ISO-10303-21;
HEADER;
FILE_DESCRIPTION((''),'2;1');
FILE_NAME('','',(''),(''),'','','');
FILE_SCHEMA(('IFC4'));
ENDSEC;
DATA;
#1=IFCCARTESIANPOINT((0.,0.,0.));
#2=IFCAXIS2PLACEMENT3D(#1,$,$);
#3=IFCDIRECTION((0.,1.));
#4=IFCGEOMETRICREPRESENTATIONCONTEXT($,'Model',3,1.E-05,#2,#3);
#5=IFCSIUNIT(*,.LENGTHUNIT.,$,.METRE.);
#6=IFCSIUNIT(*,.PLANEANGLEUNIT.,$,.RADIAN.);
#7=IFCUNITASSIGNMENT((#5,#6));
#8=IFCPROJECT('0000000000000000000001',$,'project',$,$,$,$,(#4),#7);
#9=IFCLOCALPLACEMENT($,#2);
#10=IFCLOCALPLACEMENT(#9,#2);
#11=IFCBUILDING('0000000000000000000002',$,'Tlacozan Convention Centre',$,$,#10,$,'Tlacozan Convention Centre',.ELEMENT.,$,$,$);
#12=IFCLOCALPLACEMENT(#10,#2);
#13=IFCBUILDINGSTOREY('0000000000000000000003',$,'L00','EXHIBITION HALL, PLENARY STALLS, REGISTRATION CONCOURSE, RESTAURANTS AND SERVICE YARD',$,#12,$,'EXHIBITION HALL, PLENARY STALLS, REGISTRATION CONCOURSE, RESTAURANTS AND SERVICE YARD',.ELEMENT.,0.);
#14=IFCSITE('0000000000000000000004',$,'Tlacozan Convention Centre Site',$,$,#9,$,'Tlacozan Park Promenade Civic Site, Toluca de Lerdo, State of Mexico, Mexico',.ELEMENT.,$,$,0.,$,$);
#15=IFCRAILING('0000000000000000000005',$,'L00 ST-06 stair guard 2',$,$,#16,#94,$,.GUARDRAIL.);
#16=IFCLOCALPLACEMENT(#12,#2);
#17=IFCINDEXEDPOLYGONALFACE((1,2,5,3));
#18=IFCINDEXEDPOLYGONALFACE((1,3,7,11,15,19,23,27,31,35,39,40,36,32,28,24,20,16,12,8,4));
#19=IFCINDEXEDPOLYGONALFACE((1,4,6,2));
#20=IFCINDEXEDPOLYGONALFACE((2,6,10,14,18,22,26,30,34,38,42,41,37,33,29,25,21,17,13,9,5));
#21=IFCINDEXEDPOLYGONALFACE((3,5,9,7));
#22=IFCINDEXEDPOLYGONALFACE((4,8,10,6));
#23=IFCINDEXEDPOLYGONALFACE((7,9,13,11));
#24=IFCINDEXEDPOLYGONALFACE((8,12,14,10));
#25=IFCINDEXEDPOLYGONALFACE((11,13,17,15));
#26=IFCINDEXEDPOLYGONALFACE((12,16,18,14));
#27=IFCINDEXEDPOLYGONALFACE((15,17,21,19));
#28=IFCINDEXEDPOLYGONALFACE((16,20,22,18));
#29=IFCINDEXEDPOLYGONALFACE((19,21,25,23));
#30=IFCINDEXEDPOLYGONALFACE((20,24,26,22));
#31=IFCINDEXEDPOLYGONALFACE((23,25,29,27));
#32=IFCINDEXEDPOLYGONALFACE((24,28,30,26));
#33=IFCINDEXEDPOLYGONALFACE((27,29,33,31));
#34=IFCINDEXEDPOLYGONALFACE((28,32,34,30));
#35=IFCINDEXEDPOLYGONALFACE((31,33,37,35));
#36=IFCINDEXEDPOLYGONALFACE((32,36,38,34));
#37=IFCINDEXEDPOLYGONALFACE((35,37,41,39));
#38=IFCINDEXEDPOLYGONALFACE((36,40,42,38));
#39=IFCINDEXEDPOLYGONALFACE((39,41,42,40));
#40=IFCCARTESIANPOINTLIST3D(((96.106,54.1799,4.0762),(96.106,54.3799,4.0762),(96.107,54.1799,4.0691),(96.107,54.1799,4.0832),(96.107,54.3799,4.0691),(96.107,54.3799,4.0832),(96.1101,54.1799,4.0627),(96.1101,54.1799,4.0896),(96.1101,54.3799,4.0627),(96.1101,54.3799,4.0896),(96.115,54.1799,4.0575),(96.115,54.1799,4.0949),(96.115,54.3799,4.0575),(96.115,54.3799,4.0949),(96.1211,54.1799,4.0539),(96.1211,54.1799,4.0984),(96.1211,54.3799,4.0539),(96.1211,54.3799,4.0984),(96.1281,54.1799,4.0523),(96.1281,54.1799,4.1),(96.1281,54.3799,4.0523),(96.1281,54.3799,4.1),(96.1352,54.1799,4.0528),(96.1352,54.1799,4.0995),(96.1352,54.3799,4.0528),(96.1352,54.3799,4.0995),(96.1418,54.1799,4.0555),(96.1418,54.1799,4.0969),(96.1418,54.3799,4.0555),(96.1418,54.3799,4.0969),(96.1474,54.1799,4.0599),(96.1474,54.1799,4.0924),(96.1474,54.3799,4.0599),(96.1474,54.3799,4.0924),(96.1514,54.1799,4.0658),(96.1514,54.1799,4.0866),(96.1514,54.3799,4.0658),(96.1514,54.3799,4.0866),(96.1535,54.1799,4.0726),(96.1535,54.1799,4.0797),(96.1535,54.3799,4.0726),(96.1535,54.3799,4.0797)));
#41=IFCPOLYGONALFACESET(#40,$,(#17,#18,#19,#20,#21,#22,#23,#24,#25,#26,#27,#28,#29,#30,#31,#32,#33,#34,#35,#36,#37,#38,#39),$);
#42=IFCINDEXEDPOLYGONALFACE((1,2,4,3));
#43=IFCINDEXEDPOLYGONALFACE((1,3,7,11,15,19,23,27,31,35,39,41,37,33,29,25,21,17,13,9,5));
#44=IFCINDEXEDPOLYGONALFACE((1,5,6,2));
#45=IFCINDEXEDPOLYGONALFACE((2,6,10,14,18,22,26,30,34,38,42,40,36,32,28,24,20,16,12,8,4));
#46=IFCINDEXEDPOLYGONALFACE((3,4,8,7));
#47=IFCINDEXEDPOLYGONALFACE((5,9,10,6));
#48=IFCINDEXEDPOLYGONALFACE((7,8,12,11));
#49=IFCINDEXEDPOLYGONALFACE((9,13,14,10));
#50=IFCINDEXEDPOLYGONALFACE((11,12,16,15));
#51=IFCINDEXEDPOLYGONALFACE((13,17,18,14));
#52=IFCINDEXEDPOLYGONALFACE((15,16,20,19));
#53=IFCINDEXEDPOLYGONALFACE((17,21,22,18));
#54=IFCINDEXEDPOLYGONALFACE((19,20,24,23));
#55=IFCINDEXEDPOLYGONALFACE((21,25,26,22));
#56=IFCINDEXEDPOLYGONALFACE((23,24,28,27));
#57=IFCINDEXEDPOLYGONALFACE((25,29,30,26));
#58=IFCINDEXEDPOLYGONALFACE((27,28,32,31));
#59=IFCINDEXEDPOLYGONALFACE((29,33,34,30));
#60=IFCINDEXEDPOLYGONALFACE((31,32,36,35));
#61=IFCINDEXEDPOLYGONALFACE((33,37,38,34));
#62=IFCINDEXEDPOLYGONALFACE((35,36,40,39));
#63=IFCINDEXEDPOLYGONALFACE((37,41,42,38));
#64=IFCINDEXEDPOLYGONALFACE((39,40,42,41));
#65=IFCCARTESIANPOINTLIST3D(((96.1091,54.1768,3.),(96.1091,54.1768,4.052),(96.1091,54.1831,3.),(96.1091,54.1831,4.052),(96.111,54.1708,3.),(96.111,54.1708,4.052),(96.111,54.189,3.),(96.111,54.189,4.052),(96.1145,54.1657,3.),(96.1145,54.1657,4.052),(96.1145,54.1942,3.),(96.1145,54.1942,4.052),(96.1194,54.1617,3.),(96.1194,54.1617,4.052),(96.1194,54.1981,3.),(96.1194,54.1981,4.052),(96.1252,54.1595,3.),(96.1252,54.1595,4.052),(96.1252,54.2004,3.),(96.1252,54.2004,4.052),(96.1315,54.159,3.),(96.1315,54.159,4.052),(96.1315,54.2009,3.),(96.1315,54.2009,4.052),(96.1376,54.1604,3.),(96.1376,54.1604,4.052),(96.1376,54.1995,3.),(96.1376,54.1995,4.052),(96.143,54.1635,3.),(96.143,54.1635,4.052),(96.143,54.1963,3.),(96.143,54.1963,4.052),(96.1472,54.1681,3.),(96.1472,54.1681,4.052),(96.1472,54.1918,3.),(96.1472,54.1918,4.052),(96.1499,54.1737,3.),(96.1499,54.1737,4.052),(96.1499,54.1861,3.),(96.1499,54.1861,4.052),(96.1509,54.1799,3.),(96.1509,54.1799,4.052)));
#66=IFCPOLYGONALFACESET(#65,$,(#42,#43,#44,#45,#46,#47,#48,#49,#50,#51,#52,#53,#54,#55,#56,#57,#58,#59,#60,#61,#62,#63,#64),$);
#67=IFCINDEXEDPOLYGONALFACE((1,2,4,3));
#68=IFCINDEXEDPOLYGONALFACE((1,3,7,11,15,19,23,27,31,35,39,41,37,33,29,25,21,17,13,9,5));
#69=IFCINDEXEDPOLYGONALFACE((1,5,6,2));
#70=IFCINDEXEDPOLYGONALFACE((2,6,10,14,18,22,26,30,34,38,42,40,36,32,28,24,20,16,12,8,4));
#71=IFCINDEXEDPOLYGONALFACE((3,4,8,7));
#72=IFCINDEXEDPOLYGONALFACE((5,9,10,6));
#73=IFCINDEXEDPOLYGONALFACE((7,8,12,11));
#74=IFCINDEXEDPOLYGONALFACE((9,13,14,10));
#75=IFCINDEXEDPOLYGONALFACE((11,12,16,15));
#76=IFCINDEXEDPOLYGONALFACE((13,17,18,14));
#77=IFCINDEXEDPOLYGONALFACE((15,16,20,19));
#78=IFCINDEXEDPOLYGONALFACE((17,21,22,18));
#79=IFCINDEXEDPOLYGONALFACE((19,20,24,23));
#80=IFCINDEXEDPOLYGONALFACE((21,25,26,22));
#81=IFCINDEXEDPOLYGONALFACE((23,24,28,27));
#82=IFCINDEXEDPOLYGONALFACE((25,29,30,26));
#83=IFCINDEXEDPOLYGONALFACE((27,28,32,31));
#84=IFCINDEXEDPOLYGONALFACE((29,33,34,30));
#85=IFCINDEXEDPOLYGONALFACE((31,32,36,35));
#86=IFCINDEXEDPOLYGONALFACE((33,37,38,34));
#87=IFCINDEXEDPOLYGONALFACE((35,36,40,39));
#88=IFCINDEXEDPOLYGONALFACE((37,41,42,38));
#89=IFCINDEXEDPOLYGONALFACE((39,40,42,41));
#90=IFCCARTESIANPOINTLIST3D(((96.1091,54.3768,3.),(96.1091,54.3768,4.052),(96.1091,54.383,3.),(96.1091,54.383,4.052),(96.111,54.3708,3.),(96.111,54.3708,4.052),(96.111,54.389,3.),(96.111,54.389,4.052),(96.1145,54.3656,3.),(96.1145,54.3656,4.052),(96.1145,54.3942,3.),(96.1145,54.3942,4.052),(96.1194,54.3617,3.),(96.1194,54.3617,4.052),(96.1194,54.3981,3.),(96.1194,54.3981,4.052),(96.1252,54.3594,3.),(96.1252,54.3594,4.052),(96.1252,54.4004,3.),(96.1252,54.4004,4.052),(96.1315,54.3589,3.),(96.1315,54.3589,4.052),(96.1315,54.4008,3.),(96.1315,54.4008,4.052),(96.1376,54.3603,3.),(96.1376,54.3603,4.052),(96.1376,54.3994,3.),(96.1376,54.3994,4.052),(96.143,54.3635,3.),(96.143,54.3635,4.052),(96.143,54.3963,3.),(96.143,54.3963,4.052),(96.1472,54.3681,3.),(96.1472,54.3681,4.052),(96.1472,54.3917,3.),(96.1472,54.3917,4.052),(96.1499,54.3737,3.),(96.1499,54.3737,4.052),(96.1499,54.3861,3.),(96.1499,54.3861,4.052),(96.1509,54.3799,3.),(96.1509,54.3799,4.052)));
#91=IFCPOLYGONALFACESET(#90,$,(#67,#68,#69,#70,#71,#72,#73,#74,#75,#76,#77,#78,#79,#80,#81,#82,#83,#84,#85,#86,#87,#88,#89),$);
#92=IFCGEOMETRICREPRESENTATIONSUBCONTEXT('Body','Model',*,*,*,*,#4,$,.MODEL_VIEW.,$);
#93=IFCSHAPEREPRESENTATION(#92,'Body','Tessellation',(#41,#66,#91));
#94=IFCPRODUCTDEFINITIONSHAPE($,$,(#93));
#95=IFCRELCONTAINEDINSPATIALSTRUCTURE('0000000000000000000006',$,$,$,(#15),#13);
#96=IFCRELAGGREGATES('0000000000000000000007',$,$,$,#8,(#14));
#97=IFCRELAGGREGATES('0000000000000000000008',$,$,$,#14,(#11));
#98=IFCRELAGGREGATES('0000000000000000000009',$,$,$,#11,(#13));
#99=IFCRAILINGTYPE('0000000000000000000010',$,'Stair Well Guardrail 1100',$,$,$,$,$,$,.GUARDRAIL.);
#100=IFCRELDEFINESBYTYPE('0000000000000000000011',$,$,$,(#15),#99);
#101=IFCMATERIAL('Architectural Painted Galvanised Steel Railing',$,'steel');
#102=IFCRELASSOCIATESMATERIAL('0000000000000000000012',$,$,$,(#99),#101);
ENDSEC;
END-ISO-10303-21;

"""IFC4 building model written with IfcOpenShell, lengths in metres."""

from ifc_helpers import new_model, si_unit, direction, frame, origin, origin_2d, place, context, subcontext, project, spatial, circle, extrude, material, type_object, element, save


model = new_model("IFC4")

# Units and contexts
model_context = context("Model", 3, precision=1e-05, world=origin(), true_north=direction((0.0, 1.0)))
body_context = subcontext(model_context, "Body", "Model", "MODEL_VIEW")
ifc_project = project(units=[si_unit("LENGTHUNIT", "METRE"), si_unit("PLANEANGLEUNIT", "RADIAN")], contexts=[model_context])

# Site, building, storey
site_placement = place(None, origin())
site = spatial("IfcSite", under=ifc_project, at=site_placement, Name="Tlacozan Convention Centre Site", LongName="Tlacozan Park Promenade Civic Site, Toluca de Lerdo, State of Mexico, Mexico", CompositionType="ELEMENT", RefElevation=0.0)
building_placement = place(site_placement, origin())
building = spatial("IfcBuilding", under=site, at=building_placement, Name="Tlacozan Convention Centre", LongName="Tlacozan Convention Centre", CompositionType="ELEMENT")
storey_placement = place(building_placement, origin())
storey = spatial("IfcBuildingStorey", under=building, at=storey_placement, Name="L00", Description="EXHIBITION HALL, PLENARY STALLS, REGISTRATION CONCOURSE, RESTAURANTS AND SERVICE YARD", LongName="EXHIBITION HALL, PLENARY STALLS, REGISTRATION CONCOURSE, RESTAURANTS AND SERVICE YARD", CompositionType="ELEMENT", Elevation=0.0)

# Railing
ifc_material_1 = material(Name="Architectural Painted Galvanised Steel Railing", Category="steel")
railing_type_1 = type_object("IfcRailingType", Name="Stair Well Guardrail 1100", PredefinedType="GUARDRAIL", material=ifc_material_1)
railing_1_placement = place(storey_placement, frame((96.1299, 54.1799, 3.0)))
element("IfcRailing", 1, at=railing_1_placement, inside=storey, type_object=railing_type_1, Name="L00 ST-06 stair guard 2", PredefinedType="GUARDRAIL", context=body_context, shape_type="SweptSolid", body=[
    extrude(circle(Radius=0.0239, at=origin_2d()), frame((0.0, 0.0, 1.0762), z_axis=(0.0, 1.0, 0.0), x_axis=(-1.0, 0.0, 0.0)), (0.0, 0.0, 1.0), 0.2),
    extrude(circle(Radius=0.021, at=origin_2d()), origin(), (0.0, 0.0, 1.0), 1.052),
    extrude(circle(Radius=0.021, at=origin_2d()), frame((0.0, 0.2, 0.0)), (0.0, 0.0, 1.0), 1.052),
])

save(model, "model.ifc")
